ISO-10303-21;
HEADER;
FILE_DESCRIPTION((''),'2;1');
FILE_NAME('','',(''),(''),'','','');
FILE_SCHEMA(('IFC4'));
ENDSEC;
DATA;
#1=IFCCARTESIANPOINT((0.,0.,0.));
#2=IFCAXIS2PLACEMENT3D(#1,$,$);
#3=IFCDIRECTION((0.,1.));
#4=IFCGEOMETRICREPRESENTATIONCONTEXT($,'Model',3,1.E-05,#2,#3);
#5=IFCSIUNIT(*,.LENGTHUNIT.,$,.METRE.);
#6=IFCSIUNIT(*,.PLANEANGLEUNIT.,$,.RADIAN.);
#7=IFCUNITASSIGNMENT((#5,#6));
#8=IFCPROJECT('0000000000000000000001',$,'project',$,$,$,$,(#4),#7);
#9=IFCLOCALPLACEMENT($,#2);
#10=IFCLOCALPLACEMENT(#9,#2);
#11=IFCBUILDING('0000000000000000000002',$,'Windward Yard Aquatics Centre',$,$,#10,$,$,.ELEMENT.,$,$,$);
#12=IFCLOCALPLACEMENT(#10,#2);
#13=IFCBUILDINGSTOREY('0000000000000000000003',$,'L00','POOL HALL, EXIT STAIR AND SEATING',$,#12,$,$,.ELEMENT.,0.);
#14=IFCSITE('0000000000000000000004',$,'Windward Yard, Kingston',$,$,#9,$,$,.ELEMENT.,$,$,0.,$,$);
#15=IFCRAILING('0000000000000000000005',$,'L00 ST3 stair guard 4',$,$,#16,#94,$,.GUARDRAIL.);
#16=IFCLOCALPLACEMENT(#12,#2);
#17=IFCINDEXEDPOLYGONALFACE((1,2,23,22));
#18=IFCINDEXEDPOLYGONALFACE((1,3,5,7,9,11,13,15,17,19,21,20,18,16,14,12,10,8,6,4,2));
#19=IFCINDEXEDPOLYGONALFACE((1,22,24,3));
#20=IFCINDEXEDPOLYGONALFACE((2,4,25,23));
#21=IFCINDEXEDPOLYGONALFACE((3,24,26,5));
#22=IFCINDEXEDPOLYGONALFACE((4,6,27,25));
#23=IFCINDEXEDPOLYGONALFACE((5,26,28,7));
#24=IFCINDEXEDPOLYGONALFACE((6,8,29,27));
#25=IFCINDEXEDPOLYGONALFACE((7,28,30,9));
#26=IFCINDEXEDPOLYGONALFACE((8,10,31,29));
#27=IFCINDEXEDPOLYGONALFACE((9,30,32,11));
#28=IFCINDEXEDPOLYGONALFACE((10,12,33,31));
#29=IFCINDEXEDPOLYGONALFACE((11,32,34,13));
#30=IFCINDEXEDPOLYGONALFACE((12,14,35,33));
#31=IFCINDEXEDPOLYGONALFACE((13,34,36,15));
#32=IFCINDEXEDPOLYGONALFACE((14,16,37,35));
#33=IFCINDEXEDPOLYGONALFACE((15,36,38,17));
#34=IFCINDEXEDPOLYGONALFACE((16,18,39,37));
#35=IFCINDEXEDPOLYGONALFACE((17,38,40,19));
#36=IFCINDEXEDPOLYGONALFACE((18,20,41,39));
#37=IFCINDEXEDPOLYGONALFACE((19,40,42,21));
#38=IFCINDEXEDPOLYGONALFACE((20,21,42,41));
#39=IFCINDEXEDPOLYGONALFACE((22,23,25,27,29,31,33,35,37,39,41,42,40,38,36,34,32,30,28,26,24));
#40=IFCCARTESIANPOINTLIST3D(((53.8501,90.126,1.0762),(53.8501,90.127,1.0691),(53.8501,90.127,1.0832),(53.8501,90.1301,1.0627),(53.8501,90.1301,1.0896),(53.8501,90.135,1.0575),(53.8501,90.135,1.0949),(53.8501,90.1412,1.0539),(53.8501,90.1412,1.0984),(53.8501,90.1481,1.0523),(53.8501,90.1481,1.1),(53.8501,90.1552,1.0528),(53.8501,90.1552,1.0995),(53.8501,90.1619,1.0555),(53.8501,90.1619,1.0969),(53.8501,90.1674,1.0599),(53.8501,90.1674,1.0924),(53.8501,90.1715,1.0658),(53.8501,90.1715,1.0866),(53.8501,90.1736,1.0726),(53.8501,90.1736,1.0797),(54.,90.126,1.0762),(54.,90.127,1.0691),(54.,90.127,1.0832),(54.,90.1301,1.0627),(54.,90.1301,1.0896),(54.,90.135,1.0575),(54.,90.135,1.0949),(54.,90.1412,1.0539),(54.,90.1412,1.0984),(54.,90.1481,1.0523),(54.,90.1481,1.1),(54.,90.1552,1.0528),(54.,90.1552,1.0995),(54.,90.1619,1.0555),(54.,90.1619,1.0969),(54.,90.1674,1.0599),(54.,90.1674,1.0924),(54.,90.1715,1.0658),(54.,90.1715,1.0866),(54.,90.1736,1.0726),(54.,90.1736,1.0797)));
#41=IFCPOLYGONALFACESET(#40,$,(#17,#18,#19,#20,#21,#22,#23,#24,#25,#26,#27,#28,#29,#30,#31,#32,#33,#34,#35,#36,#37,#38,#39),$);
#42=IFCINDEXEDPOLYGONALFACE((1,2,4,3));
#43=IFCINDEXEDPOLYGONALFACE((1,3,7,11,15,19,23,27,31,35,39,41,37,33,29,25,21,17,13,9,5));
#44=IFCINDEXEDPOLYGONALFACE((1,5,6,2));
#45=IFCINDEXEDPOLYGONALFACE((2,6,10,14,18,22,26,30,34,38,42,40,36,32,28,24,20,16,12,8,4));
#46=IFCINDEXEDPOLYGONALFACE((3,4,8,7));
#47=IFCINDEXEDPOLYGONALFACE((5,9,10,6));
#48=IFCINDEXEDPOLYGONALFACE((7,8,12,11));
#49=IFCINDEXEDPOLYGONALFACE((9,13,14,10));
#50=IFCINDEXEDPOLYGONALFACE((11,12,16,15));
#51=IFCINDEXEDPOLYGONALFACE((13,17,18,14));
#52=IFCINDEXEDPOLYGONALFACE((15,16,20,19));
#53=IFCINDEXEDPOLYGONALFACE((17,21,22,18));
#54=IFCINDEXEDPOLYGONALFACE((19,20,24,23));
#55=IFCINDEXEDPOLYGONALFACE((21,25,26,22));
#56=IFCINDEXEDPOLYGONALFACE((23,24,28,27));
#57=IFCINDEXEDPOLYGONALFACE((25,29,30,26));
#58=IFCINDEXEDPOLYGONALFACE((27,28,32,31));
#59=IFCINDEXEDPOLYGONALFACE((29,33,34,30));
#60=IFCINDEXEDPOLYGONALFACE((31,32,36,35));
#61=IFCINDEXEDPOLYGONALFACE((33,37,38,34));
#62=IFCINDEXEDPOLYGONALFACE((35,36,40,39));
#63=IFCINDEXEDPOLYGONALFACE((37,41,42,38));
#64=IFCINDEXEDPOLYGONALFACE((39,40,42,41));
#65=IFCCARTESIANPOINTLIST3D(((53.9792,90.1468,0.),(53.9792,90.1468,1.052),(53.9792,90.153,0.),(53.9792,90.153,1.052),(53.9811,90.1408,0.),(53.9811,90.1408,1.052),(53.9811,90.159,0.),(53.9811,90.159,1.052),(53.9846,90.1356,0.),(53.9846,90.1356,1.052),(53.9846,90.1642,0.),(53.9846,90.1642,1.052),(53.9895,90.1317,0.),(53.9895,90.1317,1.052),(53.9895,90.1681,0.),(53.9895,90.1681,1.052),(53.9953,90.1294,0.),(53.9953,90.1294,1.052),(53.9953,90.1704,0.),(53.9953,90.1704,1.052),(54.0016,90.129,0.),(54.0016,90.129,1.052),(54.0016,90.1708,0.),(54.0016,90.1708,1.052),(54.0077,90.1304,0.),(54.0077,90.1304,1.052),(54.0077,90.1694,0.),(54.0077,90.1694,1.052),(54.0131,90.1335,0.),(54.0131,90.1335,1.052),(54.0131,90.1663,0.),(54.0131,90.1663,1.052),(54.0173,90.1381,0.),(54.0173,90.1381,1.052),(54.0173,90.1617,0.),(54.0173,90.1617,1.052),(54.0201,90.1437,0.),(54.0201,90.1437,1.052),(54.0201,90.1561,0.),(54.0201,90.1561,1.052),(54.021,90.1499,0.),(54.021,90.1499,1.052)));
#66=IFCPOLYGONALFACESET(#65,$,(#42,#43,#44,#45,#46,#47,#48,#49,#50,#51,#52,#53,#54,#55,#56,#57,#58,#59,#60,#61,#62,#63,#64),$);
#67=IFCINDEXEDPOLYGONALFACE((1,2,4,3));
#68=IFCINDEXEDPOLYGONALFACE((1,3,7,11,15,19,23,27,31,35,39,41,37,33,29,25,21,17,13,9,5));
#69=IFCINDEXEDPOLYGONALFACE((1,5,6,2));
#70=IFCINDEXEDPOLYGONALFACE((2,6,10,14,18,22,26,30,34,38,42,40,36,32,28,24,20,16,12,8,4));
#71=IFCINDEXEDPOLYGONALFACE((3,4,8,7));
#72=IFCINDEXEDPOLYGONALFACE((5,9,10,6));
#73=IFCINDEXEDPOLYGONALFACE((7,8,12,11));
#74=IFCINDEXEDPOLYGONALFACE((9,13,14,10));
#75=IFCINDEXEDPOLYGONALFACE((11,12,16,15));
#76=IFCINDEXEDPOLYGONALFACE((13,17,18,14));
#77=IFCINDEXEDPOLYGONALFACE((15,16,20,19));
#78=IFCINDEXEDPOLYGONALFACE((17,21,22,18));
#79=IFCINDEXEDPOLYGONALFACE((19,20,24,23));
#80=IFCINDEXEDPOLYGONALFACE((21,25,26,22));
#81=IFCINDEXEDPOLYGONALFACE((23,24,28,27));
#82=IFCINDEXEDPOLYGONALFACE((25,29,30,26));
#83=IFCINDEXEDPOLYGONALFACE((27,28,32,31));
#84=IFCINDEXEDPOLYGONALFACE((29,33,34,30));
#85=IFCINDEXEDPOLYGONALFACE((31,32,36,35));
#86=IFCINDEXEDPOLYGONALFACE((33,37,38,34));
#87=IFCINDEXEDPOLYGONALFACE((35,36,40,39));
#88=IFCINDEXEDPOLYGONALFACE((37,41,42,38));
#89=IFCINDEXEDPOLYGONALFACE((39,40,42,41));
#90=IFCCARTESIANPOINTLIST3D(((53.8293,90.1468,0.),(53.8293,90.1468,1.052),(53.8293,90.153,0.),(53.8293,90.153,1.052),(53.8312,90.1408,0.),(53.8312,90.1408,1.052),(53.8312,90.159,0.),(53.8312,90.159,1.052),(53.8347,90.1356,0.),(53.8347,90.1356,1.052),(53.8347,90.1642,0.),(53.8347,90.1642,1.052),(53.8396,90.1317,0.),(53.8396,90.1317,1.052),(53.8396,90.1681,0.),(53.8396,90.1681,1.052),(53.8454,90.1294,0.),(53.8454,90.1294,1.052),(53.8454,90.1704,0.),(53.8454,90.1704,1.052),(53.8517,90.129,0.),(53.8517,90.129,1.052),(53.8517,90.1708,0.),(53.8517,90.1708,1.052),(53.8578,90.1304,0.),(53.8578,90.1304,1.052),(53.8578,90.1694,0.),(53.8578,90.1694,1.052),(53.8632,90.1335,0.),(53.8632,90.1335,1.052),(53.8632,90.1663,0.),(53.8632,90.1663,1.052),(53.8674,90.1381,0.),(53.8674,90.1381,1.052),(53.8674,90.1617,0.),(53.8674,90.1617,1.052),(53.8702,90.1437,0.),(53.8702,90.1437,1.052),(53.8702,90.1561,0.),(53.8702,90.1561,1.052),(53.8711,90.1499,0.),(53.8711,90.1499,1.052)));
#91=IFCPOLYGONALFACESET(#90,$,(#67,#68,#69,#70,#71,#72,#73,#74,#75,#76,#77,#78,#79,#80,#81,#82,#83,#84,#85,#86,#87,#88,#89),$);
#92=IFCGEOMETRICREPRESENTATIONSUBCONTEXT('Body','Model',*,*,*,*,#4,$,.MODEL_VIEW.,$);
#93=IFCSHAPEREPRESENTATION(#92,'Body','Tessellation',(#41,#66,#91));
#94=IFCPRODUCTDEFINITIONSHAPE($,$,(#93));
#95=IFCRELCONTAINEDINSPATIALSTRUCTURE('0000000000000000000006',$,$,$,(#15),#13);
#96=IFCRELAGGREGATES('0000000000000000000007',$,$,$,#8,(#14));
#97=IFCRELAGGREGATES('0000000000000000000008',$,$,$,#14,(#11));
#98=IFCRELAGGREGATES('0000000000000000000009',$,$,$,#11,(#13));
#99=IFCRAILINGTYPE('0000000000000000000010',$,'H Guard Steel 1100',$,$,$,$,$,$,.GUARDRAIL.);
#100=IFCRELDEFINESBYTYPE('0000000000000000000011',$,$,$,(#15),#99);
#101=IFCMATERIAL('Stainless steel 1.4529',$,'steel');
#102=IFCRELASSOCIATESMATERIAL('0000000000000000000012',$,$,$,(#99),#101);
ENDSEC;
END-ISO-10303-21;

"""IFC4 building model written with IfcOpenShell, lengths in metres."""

from ifc_helpers import new_model, si_unit, direction, frame, origin, origin_2d, place, context, subcontext, project, spatial, circle, extrude, material, type_object, element, save


model = new_model("IFC4")

# Units and contexts
model_context = context("Model", 3, precision=1e-05, world=origin(), true_north=direction((0.0, 1.0)))
body_context = subcontext(model_context, "Body", "Model", "MODEL_VIEW")
ifc_project = project(units=[si_unit("LENGTHUNIT", "METRE"), si_unit("PLANEANGLEUNIT", "RADIAN")], contexts=[model_context])

# Site, building, storey
site_placement = place(None, origin())
site = spatial("IfcSite", under=ifc_project, at=site_placement, Name="Windward Yard, Kingston", CompositionType="ELEMENT", RefElevation=0.0)
building_placement = place(site_placement, origin())
building = spatial("IfcBuilding", under=site, at=building_placement, Name="Windward Yard Aquatics Centre", CompositionType="ELEMENT")
storey_placement = place(building_placement, origin())
storey = spatial("IfcBuildingStorey", under=building, at=storey_placement, Name="L00", Description="POOL HALL, EXIT STAIR AND SEATING", CompositionType="ELEMENT", Elevation=0.0)

# Railing
ifc_material_1 = material(Name="Stainless steel 1.4529", Category="steel")
railing_type_1 = type_object("IfcRailingType", Name="H Guard Steel 1100", PredefinedType="GUARDRAIL", material=ifc_material_1)
railing_1_placement = place(storey_placement, frame((54.0, 90.1499, 0.0)))
element("IfcRailing", 1, at=railing_1_placement, inside=storey, type_object=railing_type_1, Name="L00 ST3 stair guard 4", PredefinedType="GUARDRAIL", context=body_context, shape_type="SweptSolid", body=[
    extrude(circle(Radius=0.0239, at=origin_2d()), frame((0.0, 0.0, 1.0762), z_axis=(-1.0, 0.0, 0.0), x_axis=(0.0, -1.0, 0.0)), (0.0, 0.0, 1.0), 0.1499),
    extrude(circle(Radius=0.021, at=origin_2d()), origin(), (0.0, 0.0, 1.0), 1.052),
    extrude(circle(Radius=0.021, at=origin_2d()), frame((-0.1499, 0.0, 0.0)), (0.0, 0.0, 1.0), 1.052),
])

save(model, "model.ifc")
